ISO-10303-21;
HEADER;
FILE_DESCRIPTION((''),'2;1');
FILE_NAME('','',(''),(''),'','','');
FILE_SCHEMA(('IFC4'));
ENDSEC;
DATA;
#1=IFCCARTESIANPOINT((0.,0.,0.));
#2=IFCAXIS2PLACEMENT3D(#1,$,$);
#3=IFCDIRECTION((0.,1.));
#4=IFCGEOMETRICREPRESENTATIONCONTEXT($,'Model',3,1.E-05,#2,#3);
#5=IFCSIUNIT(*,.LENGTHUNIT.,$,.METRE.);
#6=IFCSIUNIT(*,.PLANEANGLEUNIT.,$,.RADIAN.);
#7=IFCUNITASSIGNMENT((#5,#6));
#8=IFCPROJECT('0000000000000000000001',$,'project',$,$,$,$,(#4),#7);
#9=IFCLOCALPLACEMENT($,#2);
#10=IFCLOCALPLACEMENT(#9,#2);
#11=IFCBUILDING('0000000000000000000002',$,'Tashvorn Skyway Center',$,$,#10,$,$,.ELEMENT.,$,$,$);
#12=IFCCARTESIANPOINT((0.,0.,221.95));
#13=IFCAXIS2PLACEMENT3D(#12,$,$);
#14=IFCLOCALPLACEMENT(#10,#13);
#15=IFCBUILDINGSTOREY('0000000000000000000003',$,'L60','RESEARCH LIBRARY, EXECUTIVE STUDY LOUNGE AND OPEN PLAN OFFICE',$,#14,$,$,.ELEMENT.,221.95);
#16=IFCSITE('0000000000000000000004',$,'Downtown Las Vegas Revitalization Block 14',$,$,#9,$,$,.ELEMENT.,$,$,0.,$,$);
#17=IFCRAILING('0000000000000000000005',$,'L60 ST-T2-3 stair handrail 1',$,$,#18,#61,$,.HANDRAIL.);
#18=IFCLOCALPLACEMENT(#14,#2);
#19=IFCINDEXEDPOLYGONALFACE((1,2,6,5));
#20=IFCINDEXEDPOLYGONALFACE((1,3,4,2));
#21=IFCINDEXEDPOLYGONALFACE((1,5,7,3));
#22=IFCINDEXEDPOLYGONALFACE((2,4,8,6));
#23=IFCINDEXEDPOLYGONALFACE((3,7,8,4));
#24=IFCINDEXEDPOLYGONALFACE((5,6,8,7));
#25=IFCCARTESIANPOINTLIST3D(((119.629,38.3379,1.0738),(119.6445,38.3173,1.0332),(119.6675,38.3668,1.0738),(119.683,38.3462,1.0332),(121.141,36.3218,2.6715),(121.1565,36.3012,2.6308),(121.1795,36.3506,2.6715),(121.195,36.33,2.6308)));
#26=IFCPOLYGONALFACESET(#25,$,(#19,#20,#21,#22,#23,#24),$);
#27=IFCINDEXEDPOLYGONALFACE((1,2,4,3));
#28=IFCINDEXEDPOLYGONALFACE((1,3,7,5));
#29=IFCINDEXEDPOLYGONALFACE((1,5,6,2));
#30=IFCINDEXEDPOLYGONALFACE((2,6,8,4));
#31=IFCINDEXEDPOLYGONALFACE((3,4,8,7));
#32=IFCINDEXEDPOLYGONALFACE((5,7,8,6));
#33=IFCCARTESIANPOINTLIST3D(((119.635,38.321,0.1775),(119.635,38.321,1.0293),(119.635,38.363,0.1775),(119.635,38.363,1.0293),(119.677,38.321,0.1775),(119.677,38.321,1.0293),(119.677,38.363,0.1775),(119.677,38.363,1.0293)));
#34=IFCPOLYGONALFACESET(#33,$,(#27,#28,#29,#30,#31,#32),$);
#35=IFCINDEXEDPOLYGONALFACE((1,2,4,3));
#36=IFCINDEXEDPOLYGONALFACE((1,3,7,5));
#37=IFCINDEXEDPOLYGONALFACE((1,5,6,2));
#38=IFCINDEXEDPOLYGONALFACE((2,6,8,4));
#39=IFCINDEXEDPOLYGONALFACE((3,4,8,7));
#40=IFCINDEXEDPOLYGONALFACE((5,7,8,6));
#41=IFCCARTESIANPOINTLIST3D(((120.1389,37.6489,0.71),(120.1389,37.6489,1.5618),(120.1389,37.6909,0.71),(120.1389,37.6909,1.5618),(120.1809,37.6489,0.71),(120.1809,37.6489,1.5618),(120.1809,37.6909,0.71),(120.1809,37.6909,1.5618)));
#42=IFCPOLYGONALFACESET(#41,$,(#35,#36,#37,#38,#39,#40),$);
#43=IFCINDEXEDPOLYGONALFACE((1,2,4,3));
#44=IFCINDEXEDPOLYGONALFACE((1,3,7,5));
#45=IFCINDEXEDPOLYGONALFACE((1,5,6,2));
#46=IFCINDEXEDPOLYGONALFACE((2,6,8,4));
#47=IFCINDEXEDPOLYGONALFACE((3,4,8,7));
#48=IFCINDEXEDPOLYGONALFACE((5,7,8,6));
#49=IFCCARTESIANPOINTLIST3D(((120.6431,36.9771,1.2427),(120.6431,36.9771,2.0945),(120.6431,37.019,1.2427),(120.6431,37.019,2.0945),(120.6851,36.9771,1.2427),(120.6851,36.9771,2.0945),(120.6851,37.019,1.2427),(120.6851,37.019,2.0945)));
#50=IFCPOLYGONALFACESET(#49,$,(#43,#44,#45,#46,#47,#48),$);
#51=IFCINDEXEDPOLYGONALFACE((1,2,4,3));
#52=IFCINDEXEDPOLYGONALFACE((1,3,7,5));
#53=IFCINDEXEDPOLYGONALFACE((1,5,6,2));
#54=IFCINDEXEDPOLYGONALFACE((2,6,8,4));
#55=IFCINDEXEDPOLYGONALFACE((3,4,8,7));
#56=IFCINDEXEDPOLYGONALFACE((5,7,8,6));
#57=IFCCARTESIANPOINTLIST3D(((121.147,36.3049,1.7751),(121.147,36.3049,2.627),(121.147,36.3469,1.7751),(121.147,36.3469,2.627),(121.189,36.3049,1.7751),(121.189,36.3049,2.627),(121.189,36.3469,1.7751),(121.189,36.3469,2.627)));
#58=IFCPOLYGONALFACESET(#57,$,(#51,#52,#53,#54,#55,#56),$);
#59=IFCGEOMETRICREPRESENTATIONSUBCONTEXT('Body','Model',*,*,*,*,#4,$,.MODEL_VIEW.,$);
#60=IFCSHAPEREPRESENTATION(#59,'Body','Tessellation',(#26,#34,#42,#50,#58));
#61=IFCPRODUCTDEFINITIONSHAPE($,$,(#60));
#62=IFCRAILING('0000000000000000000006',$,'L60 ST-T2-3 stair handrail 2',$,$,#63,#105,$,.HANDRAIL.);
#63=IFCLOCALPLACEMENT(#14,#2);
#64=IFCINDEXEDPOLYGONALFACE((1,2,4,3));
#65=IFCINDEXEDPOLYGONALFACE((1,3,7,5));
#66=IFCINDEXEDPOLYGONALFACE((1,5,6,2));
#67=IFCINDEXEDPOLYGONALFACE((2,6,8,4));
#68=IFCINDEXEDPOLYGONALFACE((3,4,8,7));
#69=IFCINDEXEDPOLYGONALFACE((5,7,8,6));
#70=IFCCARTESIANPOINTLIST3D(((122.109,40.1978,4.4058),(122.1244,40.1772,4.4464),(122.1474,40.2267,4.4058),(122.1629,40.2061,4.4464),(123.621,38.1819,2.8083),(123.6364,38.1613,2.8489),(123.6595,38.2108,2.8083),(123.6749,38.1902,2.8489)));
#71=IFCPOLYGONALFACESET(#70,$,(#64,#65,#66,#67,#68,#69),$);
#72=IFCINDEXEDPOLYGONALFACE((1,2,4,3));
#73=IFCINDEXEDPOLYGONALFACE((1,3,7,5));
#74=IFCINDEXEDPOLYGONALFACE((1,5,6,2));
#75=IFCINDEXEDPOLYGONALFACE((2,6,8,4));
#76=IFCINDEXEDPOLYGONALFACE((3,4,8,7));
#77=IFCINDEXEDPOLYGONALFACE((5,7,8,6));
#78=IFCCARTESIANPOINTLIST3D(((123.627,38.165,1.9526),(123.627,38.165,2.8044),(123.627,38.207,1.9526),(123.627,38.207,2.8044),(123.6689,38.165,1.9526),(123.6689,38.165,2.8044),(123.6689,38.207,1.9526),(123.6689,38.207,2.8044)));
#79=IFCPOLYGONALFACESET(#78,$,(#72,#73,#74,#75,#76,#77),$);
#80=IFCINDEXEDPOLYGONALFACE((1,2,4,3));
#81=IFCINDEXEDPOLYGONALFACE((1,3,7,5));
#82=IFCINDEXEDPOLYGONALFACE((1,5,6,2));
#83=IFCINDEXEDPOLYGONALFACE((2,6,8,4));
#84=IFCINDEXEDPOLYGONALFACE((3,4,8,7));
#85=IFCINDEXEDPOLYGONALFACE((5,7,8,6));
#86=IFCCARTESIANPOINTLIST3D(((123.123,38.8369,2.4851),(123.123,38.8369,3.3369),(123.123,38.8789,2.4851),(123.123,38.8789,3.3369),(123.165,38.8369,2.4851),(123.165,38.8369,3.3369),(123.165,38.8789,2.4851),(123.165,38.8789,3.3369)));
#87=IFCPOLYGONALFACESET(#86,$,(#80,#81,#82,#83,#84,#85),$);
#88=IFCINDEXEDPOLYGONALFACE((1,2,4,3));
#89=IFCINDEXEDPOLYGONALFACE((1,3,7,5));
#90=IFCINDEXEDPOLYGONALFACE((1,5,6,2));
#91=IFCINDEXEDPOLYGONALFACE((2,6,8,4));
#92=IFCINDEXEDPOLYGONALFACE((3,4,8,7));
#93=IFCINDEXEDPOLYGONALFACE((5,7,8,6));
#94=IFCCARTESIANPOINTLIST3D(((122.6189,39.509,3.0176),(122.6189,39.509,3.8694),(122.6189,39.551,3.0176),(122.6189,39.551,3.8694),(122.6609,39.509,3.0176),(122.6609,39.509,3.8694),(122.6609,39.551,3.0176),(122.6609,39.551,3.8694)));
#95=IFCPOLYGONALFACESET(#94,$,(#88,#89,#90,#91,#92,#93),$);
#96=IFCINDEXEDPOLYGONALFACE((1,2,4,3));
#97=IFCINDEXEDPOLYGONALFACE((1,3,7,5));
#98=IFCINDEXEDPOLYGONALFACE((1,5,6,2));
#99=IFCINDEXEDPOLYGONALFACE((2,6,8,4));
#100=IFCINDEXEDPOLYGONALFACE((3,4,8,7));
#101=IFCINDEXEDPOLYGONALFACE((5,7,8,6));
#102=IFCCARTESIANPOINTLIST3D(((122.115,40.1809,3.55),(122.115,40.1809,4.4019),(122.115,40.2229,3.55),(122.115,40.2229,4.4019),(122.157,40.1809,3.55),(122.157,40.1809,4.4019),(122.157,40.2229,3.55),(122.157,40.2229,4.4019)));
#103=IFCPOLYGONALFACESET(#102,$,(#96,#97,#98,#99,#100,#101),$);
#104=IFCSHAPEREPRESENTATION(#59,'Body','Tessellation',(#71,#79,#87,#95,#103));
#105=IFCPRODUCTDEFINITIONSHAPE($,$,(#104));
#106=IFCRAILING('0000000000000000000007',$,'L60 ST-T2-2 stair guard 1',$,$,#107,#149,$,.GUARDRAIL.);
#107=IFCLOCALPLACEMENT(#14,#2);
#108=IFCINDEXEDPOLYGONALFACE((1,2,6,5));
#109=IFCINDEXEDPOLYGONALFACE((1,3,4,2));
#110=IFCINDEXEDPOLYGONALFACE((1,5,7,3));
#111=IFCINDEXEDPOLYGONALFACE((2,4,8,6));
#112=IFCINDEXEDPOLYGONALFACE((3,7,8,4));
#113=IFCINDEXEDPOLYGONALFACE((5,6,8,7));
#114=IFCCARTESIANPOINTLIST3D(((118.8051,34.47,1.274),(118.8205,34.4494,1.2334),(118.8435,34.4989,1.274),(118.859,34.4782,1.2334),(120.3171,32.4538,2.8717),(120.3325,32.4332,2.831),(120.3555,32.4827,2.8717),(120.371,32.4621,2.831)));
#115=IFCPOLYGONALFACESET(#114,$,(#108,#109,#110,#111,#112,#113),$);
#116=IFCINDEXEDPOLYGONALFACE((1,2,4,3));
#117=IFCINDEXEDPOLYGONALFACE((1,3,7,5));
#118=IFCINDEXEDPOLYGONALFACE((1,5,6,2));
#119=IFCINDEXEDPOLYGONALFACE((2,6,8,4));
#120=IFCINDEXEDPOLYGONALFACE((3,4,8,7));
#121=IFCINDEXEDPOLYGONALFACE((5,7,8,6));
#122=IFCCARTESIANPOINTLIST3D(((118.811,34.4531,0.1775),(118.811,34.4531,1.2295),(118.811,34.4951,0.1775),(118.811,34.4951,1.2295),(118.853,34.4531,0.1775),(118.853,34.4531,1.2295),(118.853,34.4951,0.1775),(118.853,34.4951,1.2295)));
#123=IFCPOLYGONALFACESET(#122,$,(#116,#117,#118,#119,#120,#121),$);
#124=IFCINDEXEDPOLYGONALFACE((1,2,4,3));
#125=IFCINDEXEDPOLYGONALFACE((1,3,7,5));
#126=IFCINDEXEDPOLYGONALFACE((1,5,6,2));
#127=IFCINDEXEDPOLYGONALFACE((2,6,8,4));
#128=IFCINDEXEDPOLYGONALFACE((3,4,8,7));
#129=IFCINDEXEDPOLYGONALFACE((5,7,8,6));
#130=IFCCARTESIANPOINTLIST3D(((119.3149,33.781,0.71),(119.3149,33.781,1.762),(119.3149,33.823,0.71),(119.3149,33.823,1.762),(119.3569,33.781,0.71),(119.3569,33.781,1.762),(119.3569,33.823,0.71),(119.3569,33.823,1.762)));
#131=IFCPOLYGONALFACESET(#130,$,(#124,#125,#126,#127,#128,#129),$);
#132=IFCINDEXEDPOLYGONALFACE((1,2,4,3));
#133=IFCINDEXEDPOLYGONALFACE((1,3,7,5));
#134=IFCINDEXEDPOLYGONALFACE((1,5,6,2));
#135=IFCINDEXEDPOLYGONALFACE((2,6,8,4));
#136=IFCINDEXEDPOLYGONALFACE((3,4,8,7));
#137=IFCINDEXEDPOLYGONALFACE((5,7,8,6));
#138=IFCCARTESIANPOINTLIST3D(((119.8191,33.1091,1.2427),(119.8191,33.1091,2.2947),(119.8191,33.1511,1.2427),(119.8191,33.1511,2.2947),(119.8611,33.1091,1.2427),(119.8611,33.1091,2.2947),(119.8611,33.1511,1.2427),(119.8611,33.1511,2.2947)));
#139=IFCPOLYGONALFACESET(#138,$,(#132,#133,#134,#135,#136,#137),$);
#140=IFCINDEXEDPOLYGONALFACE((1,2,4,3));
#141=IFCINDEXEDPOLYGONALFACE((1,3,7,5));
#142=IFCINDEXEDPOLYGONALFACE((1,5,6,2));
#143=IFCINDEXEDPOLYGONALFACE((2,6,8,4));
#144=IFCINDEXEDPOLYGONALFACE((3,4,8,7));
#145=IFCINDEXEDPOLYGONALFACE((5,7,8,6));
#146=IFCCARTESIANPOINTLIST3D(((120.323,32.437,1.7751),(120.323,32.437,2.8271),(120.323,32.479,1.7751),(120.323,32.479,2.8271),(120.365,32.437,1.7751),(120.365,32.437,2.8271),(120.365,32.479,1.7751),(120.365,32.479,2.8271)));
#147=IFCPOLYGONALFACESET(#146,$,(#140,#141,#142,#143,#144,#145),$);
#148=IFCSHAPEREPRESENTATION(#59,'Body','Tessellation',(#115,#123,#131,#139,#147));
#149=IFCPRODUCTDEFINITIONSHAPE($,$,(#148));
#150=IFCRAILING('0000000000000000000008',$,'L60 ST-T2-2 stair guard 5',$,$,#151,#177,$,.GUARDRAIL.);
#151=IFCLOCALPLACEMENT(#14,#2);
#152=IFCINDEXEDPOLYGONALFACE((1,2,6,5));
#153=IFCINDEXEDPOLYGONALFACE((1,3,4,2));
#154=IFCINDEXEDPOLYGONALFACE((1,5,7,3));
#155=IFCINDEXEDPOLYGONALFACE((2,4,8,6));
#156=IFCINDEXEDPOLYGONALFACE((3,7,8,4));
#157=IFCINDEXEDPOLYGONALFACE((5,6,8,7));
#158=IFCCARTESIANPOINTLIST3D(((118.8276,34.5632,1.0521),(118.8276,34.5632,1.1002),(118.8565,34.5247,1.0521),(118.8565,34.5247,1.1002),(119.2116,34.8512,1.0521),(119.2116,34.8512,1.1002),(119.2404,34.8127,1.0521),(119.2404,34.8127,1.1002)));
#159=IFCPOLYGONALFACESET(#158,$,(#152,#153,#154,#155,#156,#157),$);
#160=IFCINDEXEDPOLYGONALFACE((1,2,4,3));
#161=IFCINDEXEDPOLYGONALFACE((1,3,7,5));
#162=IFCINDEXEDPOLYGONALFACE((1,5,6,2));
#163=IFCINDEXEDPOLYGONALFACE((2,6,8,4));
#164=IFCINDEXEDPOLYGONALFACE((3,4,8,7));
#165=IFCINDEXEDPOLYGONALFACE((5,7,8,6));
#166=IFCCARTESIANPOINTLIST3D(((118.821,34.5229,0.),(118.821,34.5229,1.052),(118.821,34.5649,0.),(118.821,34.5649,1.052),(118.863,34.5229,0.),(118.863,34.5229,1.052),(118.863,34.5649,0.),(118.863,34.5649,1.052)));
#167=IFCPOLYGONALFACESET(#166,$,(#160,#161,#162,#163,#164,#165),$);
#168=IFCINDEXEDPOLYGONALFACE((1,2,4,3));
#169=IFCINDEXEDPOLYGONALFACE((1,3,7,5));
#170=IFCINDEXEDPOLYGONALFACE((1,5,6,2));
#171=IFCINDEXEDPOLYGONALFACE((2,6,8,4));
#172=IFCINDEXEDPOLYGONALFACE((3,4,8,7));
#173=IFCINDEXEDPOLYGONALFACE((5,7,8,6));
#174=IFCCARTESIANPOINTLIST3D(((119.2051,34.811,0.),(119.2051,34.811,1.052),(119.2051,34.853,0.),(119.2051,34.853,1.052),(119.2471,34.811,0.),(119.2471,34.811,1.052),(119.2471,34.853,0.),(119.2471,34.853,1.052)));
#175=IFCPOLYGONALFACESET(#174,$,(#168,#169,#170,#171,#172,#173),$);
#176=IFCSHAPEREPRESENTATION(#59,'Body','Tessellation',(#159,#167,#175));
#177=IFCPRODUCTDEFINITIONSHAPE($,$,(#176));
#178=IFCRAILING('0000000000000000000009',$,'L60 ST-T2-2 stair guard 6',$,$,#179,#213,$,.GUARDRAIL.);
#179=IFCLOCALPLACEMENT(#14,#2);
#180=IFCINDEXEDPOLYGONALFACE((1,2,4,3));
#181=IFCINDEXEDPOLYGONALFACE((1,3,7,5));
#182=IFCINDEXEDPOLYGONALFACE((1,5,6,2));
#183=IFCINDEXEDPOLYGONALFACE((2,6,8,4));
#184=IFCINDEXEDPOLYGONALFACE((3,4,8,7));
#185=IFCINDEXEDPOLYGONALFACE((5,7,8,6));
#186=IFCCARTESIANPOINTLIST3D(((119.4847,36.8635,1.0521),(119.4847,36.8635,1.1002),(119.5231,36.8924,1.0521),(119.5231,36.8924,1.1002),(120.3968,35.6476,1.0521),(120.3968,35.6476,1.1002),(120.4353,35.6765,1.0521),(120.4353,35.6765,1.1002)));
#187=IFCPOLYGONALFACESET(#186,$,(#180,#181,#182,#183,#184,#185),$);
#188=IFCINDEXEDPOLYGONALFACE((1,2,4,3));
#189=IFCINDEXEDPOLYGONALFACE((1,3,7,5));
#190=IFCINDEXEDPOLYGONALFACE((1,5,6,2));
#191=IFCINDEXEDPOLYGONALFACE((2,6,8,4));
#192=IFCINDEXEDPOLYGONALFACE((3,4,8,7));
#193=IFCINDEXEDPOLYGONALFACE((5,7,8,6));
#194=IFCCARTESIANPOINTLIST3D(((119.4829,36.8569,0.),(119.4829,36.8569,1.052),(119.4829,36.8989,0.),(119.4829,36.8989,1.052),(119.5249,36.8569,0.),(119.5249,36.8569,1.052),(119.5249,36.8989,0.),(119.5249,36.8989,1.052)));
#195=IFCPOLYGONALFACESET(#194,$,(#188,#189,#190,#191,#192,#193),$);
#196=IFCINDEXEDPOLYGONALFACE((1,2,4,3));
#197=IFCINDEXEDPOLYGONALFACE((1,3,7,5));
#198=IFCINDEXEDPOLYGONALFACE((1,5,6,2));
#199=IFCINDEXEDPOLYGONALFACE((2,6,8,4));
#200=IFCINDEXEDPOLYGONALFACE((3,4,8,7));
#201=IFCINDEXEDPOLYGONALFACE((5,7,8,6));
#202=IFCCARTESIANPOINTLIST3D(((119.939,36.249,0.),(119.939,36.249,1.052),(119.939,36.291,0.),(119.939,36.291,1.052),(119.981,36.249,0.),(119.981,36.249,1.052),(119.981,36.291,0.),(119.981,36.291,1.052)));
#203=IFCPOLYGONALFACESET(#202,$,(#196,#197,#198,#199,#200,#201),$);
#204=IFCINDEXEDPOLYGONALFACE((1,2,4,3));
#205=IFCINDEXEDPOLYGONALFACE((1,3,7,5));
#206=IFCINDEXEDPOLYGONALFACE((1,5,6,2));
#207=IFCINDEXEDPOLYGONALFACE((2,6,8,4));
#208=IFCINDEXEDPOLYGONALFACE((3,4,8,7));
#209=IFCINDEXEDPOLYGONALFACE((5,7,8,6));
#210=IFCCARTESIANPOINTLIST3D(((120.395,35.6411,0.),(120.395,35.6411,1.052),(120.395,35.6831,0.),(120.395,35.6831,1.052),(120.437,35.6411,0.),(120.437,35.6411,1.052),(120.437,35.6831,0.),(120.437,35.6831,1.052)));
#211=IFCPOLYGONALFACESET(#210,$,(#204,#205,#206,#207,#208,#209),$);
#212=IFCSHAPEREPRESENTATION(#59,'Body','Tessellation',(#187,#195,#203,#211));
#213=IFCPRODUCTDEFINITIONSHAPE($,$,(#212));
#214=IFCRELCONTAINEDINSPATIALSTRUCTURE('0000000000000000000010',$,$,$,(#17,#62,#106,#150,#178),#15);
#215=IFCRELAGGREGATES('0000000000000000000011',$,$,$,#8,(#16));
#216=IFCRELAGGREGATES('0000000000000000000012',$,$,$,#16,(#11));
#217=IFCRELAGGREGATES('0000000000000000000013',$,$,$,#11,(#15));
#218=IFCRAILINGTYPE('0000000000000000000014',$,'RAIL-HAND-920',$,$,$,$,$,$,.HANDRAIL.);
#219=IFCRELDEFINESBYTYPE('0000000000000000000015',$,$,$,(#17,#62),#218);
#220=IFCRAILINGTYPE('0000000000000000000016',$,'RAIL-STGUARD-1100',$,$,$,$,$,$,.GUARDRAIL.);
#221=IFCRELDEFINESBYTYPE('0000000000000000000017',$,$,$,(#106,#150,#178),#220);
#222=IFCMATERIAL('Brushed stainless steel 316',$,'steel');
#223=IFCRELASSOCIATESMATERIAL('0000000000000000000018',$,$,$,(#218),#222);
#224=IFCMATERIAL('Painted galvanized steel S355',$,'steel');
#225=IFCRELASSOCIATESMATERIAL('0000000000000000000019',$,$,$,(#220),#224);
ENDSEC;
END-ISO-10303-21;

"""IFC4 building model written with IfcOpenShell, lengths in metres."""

from ifc_helpers import new_model, si_unit, direction, frame, origin, origin_2d, place, context, subcontext, project, spatial, rectangle, extrude, material, type_object, element, save


model = new_model("IFC4")

# Units and contexts
model_context = context("Model", 3, precision=1e-05, world=origin(), true_north=direction((0.0, 1.0)))
body_context = subcontext(model_context, "Body", "Model", "MODEL_VIEW")
ifc_project = project(units=[si_unit("LENGTHUNIT", "METRE"), si_unit("PLANEANGLEUNIT", "RADIAN")], contexts=[model_context])

# Site, building, storey
site_placement = place(None, origin())
site = spatial("IfcSite", under=ifc_project, at=site_placement, Name="Downtown Las Vegas Revitalization Block 14", CompositionType="ELEMENT", RefElevation=0.0)
building_placement = place(site_placement, origin())
building = spatial("IfcBuilding", under=site, at=building_placement, Name="Tashvorn Skyway Center", CompositionType="ELEMENT")
storey_placement = place(building_placement, frame((0.0, 0.0, 221.95)))
storey = spatial("IfcBuildingStorey", under=building, at=storey_placement, Name="L60", Description="RESEARCH LIBRARY, EXECUTIVE STUDY LOUNGE AND OPEN PLAN OFFICE", CompositionType="ELEMENT", Elevation=221.95)

# Railings
ifc_material_1 = material(Name="Brushed stainless steel 316", Category="steel")
railing_type_1 = type_object("IfcRailingType", Name="RAIL-HAND-920", PredefinedType="HANDRAIL", material=ifc_material_1)
railing_1_placement = place(storey_placement, frame((119.656, 38.342, 0.1775)))
element("IfcRailing", 1, at=railing_1_placement, inside=storey, type_object=railing_type_1, Name="L60 ST-T2-3 stair handrail 1", PredefinedType="HANDRAIL", context=body_context, shape_type="SweptSolid", body=[
    extrude(rectangle(XDim=0.0481, YDim=0.0481, at=origin_2d()), frame((0.0, 0.0, 0.876), z_axis=(0.506719, -0.675679, 0.535438), x_axis=(0.800023, 0.599969, 0.0)), (0.0, 0.0, 1.0), 2.9839),
    extrude(rectangle(XDim=0.042, YDim=0.042, at=origin_2d()), origin(), (0.0, 0.0, 1.0), 0.8518),
    extrude(rectangle(XDim=0.042, YDim=0.042, at=origin_2d()), frame((0.5039, -0.6721, 0.5325)), (0.0, 0.0, 1.0), 0.8518),
    extrude(rectangle(XDim=0.042, YDim=0.042, at=origin_2d()), frame((1.0081, -1.344, 1.0652)), (0.0, 0.0, 1.0), 0.8518),
    extrude(rectangle(XDim=0.042, YDim=0.042, at=origin_2d()), frame((1.512, -2.0161, 1.5977)), (0.0, 0.0, 1.0), 0.8518),
])
railing_2_placement = place(storey_placement, frame((123.6479, 38.186, 1.9526)))
element("IfcRailing", 2, at=railing_2_placement, inside=storey, type_object=railing_type_1, Name="L60 ST-T2-3 stair handrail 2", PredefinedType="HANDRAIL", context=body_context, shape_type="SweptSolid", body=[
    extrude(rectangle(XDim=0.0481, YDim=0.0481, at=origin_2d()), frame((0.0, 0.0, 0.876), z_axis=(-0.506769, 0.675664, 0.535409), x_axis=(-0.799988, -0.600016, 0.0)), (0.0, 0.0, 1.0), 2.9836),
    extrude(rectangle(XDim=0.042, YDim=0.042, at=origin_2d()), origin(), (0.0, 0.0, 1.0), 0.8518),
    extrude(rectangle(XDim=0.042, YDim=0.042, at=origin_2d()), frame((-0.5039, 0.6719, 0.5325)), (0.0, 0.0, 1.0), 0.8518),
    extrude(rectangle(XDim=0.042, YDim=0.042, at=origin_2d()), frame((-1.0081, 1.344, 1.0649)), (0.0, 0.0, 1.0), 0.8518),
    extrude(rectangle(XDim=0.042, YDim=0.042, at=origin_2d()), frame((-1.512, 2.0159, 1.5974)), (0.0, 0.0, 1.0), 0.8518),
])
ifc_material_2 = material(Name="Painted galvanized steel S355", Category="steel")
railing_type_2 = type_object("IfcRailingType", Name="RAIL-STGUARD-1100", PredefinedType="GUARDRAIL", material=ifc_material_2)
railing_3_placement = place(storey_placement, frame((118.832, 34.4741, 0.1775)))
element("IfcRailing", 3, at=railing_3_placement, inside=storey, type_object=railing_type_2, Name="L60 ST-T2-2 stair guard 1", PredefinedType="GUARDRAIL", context=body_context, shape_type="SweptSolid", body=[
    extrude(rectangle(XDim=0.0481, YDim=0.0481, at=origin_2d()), frame((0.0, 0.0, 1.0762), z_axis=(0.506719, -0.675679, 0.535438), x_axis=(0.800023, 0.599969, 0.0)), (0.0, 0.0, 1.0), 2.9839),
    extrude(rectangle(XDim=0.042, YDim=0.042, at=origin_2d()), origin(), (0.0, 0.0, 1.0), 1.052),
    extrude(rectangle(XDim=0.042, YDim=0.042, at=origin_2d()), frame((0.5039, -0.6721, 0.5325)), (0.0, 0.0, 1.0), 1.052),
    extrude(rectangle(XDim=0.042, YDim=0.042, at=origin_2d()), frame((1.0081, -1.344, 1.0652)), (0.0, 0.0, 1.0), 1.052),
    extrude(rectangle(XDim=0.042, YDim=0.042, at=origin_2d()), frame((1.512, -2.0161, 1.5977)), (0.0, 0.0, 1.0), 1.052),
])
railing_4_placement = place(storey_placement, frame((118.842, 34.5439, 0.0)))
element("IfcRailing", 4, at=railing_4_placement, inside=storey, type_object=railing_type_2, Name="L60 ST-T2-2 stair guard 5", PredefinedType="GUARDRAIL", context=body_context, shape_type="SweptSolid", body=[
    extrude(rectangle(XDim=0.0481, YDim=0.0481, at=origin_2d()), frame((0.0, 0.0, 1.0762), z_axis=(0.799939, 0.600081, 0.0), x_axis=(-0.600081, 0.799939, 0.0)), (0.0, 0.0, 1.0), 0.48),
    extrude(rectangle(XDim=0.042, YDim=0.042, at=origin_2d()), origin(), (0.0, 0.0, 1.0), 1.052),
    extrude(rectangle(XDim=0.042, YDim=0.042, at=origin_2d()), frame((0.384, 0.2881, 0.0)), (0.0, 0.0, 1.0), 1.052),
])
railing_5_placement = place(storey_placement, frame((119.5039, 36.8779, 0.0)))
element("IfcRailing", 5, at=railing_5_placement, inside=storey, type_object=railing_type_2, Name="L60 ST-T2-2 stair guard 6", PredefinedType="GUARDRAIL", context=body_context, shape_type="SweptSolid", body=[
    extrude(rectangle(XDim=0.0481, YDim=0.0481, at=origin_2d()), frame((0.0, 0.0, 1.0762), z_axis=(0.600103, -0.799923, 0.0), x_axis=(0.799923, 0.600103, 0.0)), (0.0, 0.0, 1.0), 1.52),
    extrude(rectangle(XDim=0.042, YDim=0.042, at=origin_2d()), origin(), (0.0, 0.0, 1.0), 1.052),
    extrude(rectangle(XDim=0.042, YDim=0.042, at=origin_2d()), frame((0.4561, -0.6079, 0.0)), (0.0, 0.0, 1.0), 1.052),
    extrude(rectangle(XDim=0.042, YDim=0.042, at=origin_2d()), frame((0.9121, -1.2158, 0.0)), (0.0, 0.0, 1.0), 1.052),
])

save(model, "model.ifc")
